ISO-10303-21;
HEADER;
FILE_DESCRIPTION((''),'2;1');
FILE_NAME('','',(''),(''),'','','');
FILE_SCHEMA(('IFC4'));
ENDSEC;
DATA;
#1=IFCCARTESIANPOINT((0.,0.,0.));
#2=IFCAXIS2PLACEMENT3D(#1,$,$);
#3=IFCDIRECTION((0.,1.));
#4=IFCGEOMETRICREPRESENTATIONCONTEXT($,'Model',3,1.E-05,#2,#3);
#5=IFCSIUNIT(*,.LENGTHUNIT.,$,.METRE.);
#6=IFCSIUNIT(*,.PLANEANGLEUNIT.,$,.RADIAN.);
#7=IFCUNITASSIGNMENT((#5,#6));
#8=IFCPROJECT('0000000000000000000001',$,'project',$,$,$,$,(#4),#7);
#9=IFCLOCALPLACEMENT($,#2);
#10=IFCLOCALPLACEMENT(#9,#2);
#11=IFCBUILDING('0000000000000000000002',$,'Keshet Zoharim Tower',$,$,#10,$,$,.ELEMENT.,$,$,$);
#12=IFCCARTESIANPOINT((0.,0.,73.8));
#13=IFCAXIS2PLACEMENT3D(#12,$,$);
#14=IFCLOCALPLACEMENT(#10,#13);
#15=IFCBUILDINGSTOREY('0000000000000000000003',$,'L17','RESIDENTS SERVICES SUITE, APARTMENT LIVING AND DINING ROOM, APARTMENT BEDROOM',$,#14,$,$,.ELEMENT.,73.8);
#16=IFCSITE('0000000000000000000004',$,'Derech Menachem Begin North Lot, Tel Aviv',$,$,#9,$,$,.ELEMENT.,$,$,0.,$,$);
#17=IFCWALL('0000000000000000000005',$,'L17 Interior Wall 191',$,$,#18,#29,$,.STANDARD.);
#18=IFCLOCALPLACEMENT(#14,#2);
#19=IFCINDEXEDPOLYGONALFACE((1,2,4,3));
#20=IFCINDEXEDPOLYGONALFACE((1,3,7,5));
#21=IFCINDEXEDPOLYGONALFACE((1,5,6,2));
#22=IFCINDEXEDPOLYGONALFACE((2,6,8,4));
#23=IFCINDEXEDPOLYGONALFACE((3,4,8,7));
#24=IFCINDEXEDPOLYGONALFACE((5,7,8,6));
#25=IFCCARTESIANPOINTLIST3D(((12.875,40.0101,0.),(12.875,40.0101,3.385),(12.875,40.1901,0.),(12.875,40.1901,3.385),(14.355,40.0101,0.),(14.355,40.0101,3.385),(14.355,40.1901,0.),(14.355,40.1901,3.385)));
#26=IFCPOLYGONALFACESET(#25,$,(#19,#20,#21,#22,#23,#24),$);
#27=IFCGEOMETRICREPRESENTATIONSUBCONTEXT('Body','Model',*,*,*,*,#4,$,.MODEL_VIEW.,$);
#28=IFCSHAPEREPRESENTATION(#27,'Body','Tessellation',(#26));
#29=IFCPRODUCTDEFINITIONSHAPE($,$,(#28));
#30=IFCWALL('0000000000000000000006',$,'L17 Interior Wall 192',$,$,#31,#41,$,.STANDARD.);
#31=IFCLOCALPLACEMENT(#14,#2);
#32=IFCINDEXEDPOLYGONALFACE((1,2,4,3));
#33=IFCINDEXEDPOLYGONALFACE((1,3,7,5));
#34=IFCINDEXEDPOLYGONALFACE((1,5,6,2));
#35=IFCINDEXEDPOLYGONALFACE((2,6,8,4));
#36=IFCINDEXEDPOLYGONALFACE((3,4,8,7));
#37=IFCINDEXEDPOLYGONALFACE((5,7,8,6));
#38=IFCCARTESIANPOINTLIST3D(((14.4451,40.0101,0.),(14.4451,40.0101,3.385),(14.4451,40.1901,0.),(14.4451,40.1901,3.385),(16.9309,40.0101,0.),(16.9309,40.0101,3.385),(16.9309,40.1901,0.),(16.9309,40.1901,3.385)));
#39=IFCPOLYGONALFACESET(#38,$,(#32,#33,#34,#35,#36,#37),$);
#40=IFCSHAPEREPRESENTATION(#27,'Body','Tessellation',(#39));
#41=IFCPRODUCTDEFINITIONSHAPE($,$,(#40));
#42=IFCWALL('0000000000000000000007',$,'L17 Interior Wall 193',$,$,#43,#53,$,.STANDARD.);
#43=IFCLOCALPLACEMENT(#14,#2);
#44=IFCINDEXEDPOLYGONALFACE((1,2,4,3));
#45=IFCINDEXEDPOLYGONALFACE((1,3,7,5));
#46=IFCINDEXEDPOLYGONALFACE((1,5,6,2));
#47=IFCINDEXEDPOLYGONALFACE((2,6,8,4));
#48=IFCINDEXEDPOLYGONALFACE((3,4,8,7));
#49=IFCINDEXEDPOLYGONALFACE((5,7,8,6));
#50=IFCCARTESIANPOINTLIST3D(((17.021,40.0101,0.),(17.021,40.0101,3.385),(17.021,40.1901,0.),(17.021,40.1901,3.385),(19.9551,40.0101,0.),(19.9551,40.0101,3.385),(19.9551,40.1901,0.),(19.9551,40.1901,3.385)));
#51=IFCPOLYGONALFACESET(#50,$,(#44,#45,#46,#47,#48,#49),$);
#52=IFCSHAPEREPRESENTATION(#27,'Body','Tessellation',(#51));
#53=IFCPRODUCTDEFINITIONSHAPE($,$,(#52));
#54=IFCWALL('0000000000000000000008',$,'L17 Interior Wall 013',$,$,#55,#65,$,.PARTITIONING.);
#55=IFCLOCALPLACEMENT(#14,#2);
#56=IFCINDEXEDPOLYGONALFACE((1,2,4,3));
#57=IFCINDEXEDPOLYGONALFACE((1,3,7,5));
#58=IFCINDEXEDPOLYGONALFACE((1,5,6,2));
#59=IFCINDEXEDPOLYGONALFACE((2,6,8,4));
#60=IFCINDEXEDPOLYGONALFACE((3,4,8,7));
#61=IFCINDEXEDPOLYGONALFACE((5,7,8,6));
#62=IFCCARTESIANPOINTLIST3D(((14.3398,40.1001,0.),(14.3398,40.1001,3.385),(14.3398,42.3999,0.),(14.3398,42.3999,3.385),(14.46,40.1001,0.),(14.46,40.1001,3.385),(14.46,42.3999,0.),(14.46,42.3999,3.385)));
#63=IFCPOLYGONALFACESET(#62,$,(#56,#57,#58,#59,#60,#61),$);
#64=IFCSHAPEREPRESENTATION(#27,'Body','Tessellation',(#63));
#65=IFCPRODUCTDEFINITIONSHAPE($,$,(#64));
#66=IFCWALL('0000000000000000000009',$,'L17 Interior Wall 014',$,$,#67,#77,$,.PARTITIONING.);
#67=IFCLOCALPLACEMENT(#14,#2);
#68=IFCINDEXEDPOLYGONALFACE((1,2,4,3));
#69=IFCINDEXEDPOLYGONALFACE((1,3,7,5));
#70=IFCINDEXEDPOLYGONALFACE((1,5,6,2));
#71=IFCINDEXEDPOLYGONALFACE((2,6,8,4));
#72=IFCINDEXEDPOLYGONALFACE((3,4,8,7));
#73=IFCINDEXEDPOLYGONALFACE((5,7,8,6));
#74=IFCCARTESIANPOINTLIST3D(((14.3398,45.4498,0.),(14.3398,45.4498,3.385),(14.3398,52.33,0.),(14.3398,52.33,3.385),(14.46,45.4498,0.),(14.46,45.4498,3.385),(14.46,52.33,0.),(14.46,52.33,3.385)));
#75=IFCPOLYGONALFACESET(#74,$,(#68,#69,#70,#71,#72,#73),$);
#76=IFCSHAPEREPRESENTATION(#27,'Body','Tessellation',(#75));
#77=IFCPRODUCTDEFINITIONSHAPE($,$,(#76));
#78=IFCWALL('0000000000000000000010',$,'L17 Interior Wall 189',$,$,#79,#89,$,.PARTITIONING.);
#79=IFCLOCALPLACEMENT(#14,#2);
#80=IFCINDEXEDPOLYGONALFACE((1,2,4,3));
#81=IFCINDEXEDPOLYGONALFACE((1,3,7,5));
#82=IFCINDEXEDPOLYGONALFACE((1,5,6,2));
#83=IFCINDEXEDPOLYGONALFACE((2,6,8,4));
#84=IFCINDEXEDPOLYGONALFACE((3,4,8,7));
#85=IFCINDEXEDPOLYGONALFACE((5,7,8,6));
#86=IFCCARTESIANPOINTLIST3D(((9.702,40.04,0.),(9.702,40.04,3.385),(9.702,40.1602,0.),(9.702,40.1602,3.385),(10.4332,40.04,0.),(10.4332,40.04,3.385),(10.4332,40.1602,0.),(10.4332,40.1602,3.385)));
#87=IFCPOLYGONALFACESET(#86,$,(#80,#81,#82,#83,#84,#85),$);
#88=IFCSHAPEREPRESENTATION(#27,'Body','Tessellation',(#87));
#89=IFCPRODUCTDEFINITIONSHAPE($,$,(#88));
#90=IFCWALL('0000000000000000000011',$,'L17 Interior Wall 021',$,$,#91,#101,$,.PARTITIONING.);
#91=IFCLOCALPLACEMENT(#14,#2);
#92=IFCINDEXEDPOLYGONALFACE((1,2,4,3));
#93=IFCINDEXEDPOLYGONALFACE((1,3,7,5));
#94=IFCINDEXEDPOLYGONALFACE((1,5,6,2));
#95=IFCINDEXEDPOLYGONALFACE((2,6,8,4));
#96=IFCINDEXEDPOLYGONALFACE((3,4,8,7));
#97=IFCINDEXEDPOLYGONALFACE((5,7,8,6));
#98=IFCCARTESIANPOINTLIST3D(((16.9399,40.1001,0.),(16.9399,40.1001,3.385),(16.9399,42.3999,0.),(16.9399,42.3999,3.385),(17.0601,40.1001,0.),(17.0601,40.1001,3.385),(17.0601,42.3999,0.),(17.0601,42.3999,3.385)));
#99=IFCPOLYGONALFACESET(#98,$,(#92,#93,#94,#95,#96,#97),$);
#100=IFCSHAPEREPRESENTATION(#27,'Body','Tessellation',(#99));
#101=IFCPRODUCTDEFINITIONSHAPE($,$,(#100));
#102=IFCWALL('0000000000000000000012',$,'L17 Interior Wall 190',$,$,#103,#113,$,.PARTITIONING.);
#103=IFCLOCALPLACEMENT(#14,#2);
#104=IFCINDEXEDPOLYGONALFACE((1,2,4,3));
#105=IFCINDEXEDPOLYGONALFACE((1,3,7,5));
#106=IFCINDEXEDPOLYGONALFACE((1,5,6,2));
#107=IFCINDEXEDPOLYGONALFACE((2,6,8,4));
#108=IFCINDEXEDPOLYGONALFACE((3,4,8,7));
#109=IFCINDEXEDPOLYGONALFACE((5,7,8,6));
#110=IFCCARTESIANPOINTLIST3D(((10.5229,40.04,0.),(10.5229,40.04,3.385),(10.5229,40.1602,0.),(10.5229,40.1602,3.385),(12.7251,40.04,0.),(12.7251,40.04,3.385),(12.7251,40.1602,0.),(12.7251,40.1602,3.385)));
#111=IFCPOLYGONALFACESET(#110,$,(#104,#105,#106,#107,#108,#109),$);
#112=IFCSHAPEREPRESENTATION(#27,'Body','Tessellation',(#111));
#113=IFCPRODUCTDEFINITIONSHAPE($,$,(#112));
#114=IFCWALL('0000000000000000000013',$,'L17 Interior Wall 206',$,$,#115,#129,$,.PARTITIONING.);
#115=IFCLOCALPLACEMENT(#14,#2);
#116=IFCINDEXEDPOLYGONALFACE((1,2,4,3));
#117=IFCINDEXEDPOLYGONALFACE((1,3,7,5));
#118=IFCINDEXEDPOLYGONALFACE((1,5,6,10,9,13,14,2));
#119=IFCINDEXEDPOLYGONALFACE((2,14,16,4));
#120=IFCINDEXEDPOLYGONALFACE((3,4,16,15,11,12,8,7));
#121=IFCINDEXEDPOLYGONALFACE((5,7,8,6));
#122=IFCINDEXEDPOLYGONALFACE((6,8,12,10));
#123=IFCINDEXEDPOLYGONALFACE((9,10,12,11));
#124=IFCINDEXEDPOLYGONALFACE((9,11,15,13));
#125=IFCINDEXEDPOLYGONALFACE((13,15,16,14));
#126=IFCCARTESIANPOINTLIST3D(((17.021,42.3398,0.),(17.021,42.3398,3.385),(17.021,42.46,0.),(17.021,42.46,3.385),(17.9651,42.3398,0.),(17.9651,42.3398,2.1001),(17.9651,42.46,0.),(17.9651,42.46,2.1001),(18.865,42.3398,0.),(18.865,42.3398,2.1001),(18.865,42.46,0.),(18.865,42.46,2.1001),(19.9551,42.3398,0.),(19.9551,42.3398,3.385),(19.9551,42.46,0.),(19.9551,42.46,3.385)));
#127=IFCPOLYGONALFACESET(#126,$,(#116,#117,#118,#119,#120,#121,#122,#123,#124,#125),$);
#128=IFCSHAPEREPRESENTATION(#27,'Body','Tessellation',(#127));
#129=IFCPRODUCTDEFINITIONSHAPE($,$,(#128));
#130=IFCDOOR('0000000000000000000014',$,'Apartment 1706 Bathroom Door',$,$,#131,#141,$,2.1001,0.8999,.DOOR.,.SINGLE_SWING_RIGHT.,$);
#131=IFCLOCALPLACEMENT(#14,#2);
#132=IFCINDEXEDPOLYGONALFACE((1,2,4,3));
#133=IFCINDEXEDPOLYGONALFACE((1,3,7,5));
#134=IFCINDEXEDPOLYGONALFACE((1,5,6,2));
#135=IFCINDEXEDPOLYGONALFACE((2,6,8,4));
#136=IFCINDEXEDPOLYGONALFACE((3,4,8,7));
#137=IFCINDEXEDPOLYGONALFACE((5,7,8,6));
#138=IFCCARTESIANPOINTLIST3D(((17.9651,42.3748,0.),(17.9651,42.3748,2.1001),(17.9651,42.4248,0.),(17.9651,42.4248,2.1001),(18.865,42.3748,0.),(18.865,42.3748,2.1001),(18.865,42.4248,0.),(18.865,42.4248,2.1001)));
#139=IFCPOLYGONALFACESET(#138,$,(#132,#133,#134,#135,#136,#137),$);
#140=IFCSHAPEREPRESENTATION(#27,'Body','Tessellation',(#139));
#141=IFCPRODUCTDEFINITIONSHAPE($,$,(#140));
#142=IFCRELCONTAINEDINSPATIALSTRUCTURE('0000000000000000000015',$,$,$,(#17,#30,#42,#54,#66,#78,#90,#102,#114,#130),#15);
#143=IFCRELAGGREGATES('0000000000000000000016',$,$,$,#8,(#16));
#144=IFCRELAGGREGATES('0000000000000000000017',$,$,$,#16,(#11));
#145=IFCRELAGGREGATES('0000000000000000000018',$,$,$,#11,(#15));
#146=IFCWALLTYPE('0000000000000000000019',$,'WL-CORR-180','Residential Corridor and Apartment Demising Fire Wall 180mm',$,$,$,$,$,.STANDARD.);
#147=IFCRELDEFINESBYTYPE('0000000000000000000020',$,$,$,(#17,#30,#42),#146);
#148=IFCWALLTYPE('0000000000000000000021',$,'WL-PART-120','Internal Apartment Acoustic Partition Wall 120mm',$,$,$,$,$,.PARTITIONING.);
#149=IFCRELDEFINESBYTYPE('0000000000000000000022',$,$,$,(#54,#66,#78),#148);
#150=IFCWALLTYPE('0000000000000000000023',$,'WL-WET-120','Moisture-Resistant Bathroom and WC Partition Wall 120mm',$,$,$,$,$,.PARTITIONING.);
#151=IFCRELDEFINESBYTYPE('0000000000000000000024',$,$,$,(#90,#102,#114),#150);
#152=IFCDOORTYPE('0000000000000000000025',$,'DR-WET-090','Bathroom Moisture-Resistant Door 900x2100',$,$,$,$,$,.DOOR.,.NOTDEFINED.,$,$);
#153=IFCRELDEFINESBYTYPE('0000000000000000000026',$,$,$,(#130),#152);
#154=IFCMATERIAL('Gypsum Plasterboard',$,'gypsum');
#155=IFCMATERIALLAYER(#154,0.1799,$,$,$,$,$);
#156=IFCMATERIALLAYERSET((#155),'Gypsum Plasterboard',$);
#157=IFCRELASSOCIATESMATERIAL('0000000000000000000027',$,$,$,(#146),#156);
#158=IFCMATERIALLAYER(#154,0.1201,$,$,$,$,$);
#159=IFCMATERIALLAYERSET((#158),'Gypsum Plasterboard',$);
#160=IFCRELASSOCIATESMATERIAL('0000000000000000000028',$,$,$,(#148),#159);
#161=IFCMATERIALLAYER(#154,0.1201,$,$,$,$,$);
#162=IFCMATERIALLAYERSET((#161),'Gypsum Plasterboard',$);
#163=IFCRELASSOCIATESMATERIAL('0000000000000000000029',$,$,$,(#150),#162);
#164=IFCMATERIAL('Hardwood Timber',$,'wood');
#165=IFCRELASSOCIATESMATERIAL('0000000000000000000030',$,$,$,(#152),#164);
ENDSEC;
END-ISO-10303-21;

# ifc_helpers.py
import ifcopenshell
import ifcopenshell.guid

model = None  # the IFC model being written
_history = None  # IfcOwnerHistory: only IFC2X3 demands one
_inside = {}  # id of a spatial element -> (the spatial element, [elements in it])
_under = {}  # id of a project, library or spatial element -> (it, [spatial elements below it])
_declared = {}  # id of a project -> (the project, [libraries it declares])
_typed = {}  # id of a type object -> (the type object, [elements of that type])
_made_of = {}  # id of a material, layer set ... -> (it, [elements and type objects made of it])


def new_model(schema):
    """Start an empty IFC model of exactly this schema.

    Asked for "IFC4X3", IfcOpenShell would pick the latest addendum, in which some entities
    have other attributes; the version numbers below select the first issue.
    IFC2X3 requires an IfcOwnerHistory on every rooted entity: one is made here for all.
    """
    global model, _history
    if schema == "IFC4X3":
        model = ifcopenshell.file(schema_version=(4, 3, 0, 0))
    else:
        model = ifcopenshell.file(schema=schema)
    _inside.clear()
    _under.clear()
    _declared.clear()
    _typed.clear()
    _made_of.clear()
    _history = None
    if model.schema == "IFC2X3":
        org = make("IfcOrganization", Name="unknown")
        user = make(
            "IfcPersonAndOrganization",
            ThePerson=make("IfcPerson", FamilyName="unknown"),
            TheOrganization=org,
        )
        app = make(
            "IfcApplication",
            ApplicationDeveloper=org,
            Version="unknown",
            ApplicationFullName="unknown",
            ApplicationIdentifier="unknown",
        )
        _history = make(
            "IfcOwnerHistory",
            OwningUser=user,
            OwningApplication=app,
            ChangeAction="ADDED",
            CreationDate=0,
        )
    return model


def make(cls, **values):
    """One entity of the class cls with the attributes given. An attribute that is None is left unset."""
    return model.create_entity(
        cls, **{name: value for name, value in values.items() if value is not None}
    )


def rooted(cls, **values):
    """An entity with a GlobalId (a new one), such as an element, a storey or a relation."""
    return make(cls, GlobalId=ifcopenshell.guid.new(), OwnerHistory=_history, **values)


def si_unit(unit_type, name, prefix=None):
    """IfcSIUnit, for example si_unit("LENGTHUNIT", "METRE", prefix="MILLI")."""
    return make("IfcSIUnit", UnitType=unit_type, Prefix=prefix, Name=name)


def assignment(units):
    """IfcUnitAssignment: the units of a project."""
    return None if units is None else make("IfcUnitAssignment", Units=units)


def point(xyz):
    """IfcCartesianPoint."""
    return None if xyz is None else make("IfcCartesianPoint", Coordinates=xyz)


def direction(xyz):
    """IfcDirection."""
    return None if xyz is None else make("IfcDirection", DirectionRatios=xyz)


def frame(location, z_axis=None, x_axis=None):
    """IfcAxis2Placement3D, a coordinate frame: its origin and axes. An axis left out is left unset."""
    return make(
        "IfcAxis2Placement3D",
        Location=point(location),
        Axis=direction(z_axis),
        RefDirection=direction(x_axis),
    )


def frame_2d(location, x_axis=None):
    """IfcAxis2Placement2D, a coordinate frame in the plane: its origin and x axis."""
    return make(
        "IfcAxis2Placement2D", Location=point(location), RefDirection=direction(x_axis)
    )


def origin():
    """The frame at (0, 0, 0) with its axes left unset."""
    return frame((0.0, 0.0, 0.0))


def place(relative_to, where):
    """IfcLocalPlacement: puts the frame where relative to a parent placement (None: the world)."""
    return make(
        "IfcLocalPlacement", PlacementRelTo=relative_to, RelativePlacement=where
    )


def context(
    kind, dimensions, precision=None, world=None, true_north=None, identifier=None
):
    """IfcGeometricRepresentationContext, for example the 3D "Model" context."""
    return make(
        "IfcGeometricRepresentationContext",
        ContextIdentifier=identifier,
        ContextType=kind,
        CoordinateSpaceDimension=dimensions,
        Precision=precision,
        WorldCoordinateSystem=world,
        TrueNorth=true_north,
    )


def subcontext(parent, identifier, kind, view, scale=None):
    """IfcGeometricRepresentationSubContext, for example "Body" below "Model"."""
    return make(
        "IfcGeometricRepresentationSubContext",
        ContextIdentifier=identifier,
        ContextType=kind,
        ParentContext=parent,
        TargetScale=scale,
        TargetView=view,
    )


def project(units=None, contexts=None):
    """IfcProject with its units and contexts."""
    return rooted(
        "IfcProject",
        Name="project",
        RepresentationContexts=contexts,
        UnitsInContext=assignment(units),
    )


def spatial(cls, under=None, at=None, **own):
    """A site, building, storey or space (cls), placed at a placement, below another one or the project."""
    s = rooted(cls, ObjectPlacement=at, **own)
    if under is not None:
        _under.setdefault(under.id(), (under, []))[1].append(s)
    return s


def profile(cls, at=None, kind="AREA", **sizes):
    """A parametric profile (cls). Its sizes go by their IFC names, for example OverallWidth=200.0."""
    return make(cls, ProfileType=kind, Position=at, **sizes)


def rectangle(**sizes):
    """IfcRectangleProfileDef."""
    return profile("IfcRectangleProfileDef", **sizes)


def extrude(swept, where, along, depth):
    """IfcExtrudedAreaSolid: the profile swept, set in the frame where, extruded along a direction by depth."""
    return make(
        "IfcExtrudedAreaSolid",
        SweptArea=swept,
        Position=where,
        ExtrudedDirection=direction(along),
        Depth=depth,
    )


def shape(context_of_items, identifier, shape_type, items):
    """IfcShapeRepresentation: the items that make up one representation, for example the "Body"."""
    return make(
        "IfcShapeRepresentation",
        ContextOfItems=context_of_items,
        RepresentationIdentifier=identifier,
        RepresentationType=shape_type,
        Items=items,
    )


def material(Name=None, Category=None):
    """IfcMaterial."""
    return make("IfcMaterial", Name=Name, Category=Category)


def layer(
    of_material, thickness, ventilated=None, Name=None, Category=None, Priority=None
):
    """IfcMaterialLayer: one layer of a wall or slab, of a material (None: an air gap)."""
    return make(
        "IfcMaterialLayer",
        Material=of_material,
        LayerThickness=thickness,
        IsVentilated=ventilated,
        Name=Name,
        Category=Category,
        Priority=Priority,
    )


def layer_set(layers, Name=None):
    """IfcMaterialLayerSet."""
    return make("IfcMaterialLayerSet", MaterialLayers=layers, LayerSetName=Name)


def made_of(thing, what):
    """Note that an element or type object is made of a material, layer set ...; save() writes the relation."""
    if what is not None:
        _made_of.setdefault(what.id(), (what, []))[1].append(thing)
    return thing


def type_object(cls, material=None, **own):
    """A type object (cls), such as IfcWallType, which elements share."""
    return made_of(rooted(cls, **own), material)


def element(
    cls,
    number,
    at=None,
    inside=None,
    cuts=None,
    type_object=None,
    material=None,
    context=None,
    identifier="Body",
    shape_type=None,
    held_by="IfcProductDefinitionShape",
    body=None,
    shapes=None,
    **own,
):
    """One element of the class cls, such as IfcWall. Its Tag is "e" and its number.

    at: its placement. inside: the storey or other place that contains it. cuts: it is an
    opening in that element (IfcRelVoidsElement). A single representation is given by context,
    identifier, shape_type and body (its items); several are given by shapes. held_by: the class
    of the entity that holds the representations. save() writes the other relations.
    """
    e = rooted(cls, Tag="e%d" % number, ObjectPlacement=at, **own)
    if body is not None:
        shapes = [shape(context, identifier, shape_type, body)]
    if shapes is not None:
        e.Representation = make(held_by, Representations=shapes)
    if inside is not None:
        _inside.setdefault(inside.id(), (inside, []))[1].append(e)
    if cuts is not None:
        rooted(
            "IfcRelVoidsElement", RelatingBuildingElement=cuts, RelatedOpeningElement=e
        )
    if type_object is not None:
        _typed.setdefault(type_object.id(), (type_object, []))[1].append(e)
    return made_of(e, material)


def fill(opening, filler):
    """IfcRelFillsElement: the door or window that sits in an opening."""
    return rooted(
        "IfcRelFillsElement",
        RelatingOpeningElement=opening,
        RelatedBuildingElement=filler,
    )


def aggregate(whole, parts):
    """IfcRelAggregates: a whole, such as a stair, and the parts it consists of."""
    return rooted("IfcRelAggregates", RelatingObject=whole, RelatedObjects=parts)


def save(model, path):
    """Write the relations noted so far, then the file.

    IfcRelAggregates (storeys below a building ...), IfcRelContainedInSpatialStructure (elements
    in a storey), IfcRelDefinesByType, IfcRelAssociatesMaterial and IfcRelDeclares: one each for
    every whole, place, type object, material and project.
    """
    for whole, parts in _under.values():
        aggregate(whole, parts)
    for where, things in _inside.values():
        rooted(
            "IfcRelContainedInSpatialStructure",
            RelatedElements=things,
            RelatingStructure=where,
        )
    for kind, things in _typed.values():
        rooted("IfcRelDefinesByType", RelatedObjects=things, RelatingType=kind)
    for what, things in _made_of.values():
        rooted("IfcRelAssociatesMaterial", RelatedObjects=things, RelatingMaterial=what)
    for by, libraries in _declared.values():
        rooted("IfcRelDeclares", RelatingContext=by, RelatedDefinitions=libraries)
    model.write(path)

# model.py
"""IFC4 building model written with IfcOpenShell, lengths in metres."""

from ifc_helpers import new_model, si_unit, direction, frame, frame_2d, origin, place, context, subcontext, project, spatial, rectangle, extrude, material, layer, layer_set, type_object, element, fill, save


model = new_model("IFC4")

# Units and contexts
model_context = context("Model", 3, precision=1e-05, world=origin(), true_north=direction((0.0, 1.0)))
body_context = subcontext(model_context, "Body", "Model", "MODEL_VIEW")
ifc_project = project(units=[si_unit("LENGTHUNIT", "METRE"), si_unit("PLANEANGLEUNIT", "RADIAN")], contexts=[model_context])

# Site, building, storey
site_placement = place(None, origin())
site = spatial("IfcSite", under=ifc_project, at=site_placement, Name="Derech Menachem Begin North Lot, Tel Aviv", CompositionType="ELEMENT", RefElevation=0.0)
building_placement = place(site_placement, origin())
building = spatial("IfcBuilding", under=site, at=building_placement, Name="Keshet Zoharim Tower", CompositionType="ELEMENT")
storey_placement = place(building_placement, frame((0.0, 0.0, 73.8)))
storey = spatial("IfcBuildingStorey", under=building, at=storey_placement, Name="L17", Description="RESIDENTS SERVICES SUITE, APARTMENT LIVING AND DINING ROOM, APARTMENT BEDROOM", CompositionType="ELEMENT", Elevation=73.8)

# Walls
ifc_material_1 = material(Name="Gypsum Plasterboard", Category="gypsum")
ifc_layer_1 = layer(ifc_material_1, 0.1799)
ifc_layer_set_1 = layer_set([ifc_layer_1], Name="Gypsum Plasterboard")
wall_type_1 = type_object("IfcWallType", Name="WL-CORR-180", Description="Residential Corridor and Apartment Demising Fire Wall 180mm", PredefinedType="STANDARD", material=ifc_layer_set_1)
wall_1_placement = place(storey_placement, frame((12.875, 40.1001, 0.0), z_axis=(0.0, 0.0, 1.0), x_axis=(1.0, 0.0, 0.0)))
element("IfcWall", 1, at=wall_1_placement, inside=storey, type_object=wall_type_1, Name="L17 Interior Wall 191", PredefinedType="STANDARD", context=body_context, shape_type="SweptSolid", body=[
    extrude(rectangle(XDim=1.48, YDim=0.1799, at=frame_2d((0.74, 0.0))), origin(), (0.0, 0.0, 1.0), 3.385),
])
wall_2_placement = place(storey_placement, frame((14.4451, 40.1001, 0.0), z_axis=(0.0, 0.0, 1.0), x_axis=(1.0, 0.0, 0.0)))
element("IfcWall", 2, at=wall_2_placement, inside=storey, type_object=wall_type_1, Name="L17 Interior Wall 192", PredefinedType="STANDARD", context=body_context, shape_type="SweptSolid", body=[
    extrude(rectangle(XDim=2.4858, YDim=0.1799, at=frame_2d((1.2429, 0.0))), origin(), (0.0, 0.0, 1.0), 3.385),
])
wall_3_placement = place(storey_placement, frame((17.021, 40.1001, 0.0), z_axis=(0.0, 0.0, 1.0), x_axis=(1.0, 0.0, 0.0)))
element("IfcWall", 3, at=wall_3_placement, inside=storey, type_object=wall_type_1, Name="L17 Interior Wall 193", PredefinedType="STANDARD", context=body_context, shape_type="SweptSolid", body=[
    extrude(rectangle(XDim=2.9341, YDim=0.1799, at=frame_2d((1.467, 0.0))), origin(), (0.0, 0.0, 1.0), 3.385),
])
ifc_layer_2 = layer(ifc_material_1, 0.1201)
ifc_layer_set_2 = layer_set([ifc_layer_2], Name="Gypsum Plasterboard")
wall_type_2 = type_object("IfcWallType", Name="WL-PART-120", Description="Internal Apartment Acoustic Partition Wall 120mm", PredefinedType="PARTITIONING", material=ifc_layer_set_2)
wall_4_placement = place(storey_placement, frame((14.3999, 40.1001, 0.0), z_axis=(0.0, 0.0, 1.0), x_axis=(0.0, 1.0, 0.0)))
element("IfcWall", 4, at=wall_4_placement, inside=storey, type_object=wall_type_2, Name="L17 Interior Wall 013", PredefinedType="PARTITIONING", context=body_context, shape_type="SweptSolid", body=[
    extrude(rectangle(XDim=2.2998, YDim=0.1201, at=frame_2d((1.1499, 0.0))), origin(), (0.0, 0.0, 1.0), 3.385),
])
wall_5_placement = place(storey_placement, frame((14.3999, 45.45, 0.0), z_axis=(0.0, 0.0, 1.0), x_axis=(0.0, 1.0, 0.0)))
element("IfcWall", 5, at=wall_5_placement, inside=storey, type_object=wall_type_2, Name="L17 Interior Wall 014", PredefinedType="PARTITIONING", context=body_context, shape_type="SweptSolid", body=[
    extrude(rectangle(XDim=6.8801, YDim=0.1201, at=frame_2d((3.4399, 0.0))), origin(), (0.0, 0.0, 1.0), 3.385),
])
wall_6_placement = place(storey_placement, frame((9.7019, 40.1001, 0.0), z_axis=(0.0, 0.0, 1.0), x_axis=(1.0, 0.0, 0.0)))
element("IfcWall", 6, at=wall_6_placement, inside=storey, type_object=wall_type_2, Name="L17 Interior Wall 189", PredefinedType="PARTITIONING", context=body_context, shape_type="SweptSolid", body=[
    extrude(rectangle(XDim=0.7312, YDim=0.1201, at=frame_2d((0.3657, 0.0))), origin(), (0.0, 0.0, 1.0), 3.385),
])

# Shared definitions
ifc_material_2 = material(Name="Hardwood Timber", Category="wood")

# Walls
ifc_layer_3 = layer(ifc_material_1, 0.1201)
ifc_layer_set_3 = layer_set([ifc_layer_3], Name="Gypsum Plasterboard")
wall_type_3 = type_object("IfcWallType", Name="WL-WET-120", Description="Moisture-Resistant Bathroom and WC Partition Wall 120mm", PredefinedType="PARTITIONING", material=ifc_layer_set_3)
wall_7_placement = place(storey_placement, frame((17.0, 40.1001, 0.0), z_axis=(0.0, 0.0, 1.0), x_axis=(0.0, 1.0, 0.0)))
element("IfcWall", 7, at=wall_7_placement, inside=storey, type_object=wall_type_3, Name="L17 Interior Wall 021", PredefinedType="PARTITIONING", context=body_context, shape_type="SweptSolid", body=[
    extrude(rectangle(XDim=2.2998, YDim=0.1201, at=frame_2d((1.1499, 0.0))), origin(), (0.0, 0.0, 1.0), 3.385),
])
wall_8_placement = place(storey_placement, frame((10.5229, 40.1001, 0.0), z_axis=(0.0, 0.0, 1.0), x_axis=(1.0, 0.0, 0.0)))
element("IfcWall", 8, at=wall_8_placement, inside=storey, type_object=wall_type_3, Name="L17 Interior Wall 190", PredefinedType="PARTITIONING", context=body_context, shape_type="SweptSolid", body=[
    extrude(rectangle(XDim=2.2021, YDim=0.1201, at=frame_2d((1.1011, 0.0))), origin(), (0.0, 0.0, 1.0), 3.385),
])

# Wall, opening, door
wall_9_placement = place(storey_placement, frame((17.021, 42.3999, 0.0), z_axis=(0.0, 0.0, 1.0), x_axis=(1.0, 0.0, 0.0)))
wall_9 = element("IfcWall", 9, at=wall_9_placement, inside=storey, type_object=wall_type_3, Name="L17 Interior Wall 206", PredefinedType="PARTITIONING", context=body_context, shape_type="SweptSolid", body=[
    extrude(rectangle(XDim=2.9341, YDim=0.1201, at=frame_2d((1.467, 0.0))), origin(), (0.0, 0.0, 1.0), 3.385),
])
opening_1_placement = place(wall_9_placement, frame((0.9441, 0.0, 0.0)))
opening_1 = element("IfcOpeningElement", 10, at=opening_1_placement, cuts=wall_9, PredefinedType="OPENING", context=body_context, shape_type="SweptSolid", body=[
    extrude(rectangle(XDim=0.8999, YDim=2.1001, at=frame_2d((0.45, 1.05))), frame((0.0, 0.0701, 0.0), z_axis=(0.0, -1.0, 0.0), x_axis=(1.0, 0.0, 0.0)), (0.0, 0.0, 1.0), 0.1401),
])
door_type_1 = type_object("IfcDoorType", Name="DR-WET-090", Description="Bathroom Moisture-Resistant Door 900x2100", OperationType="NOTDEFINED", PredefinedType="DOOR", material=ifc_material_2)
door_1_placement = place(opening_1_placement, origin())
door_1 = element("IfcDoor", 11, at=door_1_placement, inside=storey, type_object=door_type_1, Name="Apartment 1706 Bathroom Door", OperationType="SINGLE_SWING_RIGHT", OverallHeight=2.1001, OverallWidth=0.8999, PredefinedType="DOOR", context=body_context, shape_type="SweptSolid", body=[
    extrude(rectangle(XDim=0.8999, YDim=2.1001, at=frame_2d((0.45, 1.05))), frame((0.0, 0.0249, 0.0), z_axis=(0.0, -1.0, 0.0), x_axis=(1.0, 0.0, 0.0)), (0.0, 0.0, 1.0), 0.05),
])
fill(opening_1, door_1)

save(model, "model.ifc")
